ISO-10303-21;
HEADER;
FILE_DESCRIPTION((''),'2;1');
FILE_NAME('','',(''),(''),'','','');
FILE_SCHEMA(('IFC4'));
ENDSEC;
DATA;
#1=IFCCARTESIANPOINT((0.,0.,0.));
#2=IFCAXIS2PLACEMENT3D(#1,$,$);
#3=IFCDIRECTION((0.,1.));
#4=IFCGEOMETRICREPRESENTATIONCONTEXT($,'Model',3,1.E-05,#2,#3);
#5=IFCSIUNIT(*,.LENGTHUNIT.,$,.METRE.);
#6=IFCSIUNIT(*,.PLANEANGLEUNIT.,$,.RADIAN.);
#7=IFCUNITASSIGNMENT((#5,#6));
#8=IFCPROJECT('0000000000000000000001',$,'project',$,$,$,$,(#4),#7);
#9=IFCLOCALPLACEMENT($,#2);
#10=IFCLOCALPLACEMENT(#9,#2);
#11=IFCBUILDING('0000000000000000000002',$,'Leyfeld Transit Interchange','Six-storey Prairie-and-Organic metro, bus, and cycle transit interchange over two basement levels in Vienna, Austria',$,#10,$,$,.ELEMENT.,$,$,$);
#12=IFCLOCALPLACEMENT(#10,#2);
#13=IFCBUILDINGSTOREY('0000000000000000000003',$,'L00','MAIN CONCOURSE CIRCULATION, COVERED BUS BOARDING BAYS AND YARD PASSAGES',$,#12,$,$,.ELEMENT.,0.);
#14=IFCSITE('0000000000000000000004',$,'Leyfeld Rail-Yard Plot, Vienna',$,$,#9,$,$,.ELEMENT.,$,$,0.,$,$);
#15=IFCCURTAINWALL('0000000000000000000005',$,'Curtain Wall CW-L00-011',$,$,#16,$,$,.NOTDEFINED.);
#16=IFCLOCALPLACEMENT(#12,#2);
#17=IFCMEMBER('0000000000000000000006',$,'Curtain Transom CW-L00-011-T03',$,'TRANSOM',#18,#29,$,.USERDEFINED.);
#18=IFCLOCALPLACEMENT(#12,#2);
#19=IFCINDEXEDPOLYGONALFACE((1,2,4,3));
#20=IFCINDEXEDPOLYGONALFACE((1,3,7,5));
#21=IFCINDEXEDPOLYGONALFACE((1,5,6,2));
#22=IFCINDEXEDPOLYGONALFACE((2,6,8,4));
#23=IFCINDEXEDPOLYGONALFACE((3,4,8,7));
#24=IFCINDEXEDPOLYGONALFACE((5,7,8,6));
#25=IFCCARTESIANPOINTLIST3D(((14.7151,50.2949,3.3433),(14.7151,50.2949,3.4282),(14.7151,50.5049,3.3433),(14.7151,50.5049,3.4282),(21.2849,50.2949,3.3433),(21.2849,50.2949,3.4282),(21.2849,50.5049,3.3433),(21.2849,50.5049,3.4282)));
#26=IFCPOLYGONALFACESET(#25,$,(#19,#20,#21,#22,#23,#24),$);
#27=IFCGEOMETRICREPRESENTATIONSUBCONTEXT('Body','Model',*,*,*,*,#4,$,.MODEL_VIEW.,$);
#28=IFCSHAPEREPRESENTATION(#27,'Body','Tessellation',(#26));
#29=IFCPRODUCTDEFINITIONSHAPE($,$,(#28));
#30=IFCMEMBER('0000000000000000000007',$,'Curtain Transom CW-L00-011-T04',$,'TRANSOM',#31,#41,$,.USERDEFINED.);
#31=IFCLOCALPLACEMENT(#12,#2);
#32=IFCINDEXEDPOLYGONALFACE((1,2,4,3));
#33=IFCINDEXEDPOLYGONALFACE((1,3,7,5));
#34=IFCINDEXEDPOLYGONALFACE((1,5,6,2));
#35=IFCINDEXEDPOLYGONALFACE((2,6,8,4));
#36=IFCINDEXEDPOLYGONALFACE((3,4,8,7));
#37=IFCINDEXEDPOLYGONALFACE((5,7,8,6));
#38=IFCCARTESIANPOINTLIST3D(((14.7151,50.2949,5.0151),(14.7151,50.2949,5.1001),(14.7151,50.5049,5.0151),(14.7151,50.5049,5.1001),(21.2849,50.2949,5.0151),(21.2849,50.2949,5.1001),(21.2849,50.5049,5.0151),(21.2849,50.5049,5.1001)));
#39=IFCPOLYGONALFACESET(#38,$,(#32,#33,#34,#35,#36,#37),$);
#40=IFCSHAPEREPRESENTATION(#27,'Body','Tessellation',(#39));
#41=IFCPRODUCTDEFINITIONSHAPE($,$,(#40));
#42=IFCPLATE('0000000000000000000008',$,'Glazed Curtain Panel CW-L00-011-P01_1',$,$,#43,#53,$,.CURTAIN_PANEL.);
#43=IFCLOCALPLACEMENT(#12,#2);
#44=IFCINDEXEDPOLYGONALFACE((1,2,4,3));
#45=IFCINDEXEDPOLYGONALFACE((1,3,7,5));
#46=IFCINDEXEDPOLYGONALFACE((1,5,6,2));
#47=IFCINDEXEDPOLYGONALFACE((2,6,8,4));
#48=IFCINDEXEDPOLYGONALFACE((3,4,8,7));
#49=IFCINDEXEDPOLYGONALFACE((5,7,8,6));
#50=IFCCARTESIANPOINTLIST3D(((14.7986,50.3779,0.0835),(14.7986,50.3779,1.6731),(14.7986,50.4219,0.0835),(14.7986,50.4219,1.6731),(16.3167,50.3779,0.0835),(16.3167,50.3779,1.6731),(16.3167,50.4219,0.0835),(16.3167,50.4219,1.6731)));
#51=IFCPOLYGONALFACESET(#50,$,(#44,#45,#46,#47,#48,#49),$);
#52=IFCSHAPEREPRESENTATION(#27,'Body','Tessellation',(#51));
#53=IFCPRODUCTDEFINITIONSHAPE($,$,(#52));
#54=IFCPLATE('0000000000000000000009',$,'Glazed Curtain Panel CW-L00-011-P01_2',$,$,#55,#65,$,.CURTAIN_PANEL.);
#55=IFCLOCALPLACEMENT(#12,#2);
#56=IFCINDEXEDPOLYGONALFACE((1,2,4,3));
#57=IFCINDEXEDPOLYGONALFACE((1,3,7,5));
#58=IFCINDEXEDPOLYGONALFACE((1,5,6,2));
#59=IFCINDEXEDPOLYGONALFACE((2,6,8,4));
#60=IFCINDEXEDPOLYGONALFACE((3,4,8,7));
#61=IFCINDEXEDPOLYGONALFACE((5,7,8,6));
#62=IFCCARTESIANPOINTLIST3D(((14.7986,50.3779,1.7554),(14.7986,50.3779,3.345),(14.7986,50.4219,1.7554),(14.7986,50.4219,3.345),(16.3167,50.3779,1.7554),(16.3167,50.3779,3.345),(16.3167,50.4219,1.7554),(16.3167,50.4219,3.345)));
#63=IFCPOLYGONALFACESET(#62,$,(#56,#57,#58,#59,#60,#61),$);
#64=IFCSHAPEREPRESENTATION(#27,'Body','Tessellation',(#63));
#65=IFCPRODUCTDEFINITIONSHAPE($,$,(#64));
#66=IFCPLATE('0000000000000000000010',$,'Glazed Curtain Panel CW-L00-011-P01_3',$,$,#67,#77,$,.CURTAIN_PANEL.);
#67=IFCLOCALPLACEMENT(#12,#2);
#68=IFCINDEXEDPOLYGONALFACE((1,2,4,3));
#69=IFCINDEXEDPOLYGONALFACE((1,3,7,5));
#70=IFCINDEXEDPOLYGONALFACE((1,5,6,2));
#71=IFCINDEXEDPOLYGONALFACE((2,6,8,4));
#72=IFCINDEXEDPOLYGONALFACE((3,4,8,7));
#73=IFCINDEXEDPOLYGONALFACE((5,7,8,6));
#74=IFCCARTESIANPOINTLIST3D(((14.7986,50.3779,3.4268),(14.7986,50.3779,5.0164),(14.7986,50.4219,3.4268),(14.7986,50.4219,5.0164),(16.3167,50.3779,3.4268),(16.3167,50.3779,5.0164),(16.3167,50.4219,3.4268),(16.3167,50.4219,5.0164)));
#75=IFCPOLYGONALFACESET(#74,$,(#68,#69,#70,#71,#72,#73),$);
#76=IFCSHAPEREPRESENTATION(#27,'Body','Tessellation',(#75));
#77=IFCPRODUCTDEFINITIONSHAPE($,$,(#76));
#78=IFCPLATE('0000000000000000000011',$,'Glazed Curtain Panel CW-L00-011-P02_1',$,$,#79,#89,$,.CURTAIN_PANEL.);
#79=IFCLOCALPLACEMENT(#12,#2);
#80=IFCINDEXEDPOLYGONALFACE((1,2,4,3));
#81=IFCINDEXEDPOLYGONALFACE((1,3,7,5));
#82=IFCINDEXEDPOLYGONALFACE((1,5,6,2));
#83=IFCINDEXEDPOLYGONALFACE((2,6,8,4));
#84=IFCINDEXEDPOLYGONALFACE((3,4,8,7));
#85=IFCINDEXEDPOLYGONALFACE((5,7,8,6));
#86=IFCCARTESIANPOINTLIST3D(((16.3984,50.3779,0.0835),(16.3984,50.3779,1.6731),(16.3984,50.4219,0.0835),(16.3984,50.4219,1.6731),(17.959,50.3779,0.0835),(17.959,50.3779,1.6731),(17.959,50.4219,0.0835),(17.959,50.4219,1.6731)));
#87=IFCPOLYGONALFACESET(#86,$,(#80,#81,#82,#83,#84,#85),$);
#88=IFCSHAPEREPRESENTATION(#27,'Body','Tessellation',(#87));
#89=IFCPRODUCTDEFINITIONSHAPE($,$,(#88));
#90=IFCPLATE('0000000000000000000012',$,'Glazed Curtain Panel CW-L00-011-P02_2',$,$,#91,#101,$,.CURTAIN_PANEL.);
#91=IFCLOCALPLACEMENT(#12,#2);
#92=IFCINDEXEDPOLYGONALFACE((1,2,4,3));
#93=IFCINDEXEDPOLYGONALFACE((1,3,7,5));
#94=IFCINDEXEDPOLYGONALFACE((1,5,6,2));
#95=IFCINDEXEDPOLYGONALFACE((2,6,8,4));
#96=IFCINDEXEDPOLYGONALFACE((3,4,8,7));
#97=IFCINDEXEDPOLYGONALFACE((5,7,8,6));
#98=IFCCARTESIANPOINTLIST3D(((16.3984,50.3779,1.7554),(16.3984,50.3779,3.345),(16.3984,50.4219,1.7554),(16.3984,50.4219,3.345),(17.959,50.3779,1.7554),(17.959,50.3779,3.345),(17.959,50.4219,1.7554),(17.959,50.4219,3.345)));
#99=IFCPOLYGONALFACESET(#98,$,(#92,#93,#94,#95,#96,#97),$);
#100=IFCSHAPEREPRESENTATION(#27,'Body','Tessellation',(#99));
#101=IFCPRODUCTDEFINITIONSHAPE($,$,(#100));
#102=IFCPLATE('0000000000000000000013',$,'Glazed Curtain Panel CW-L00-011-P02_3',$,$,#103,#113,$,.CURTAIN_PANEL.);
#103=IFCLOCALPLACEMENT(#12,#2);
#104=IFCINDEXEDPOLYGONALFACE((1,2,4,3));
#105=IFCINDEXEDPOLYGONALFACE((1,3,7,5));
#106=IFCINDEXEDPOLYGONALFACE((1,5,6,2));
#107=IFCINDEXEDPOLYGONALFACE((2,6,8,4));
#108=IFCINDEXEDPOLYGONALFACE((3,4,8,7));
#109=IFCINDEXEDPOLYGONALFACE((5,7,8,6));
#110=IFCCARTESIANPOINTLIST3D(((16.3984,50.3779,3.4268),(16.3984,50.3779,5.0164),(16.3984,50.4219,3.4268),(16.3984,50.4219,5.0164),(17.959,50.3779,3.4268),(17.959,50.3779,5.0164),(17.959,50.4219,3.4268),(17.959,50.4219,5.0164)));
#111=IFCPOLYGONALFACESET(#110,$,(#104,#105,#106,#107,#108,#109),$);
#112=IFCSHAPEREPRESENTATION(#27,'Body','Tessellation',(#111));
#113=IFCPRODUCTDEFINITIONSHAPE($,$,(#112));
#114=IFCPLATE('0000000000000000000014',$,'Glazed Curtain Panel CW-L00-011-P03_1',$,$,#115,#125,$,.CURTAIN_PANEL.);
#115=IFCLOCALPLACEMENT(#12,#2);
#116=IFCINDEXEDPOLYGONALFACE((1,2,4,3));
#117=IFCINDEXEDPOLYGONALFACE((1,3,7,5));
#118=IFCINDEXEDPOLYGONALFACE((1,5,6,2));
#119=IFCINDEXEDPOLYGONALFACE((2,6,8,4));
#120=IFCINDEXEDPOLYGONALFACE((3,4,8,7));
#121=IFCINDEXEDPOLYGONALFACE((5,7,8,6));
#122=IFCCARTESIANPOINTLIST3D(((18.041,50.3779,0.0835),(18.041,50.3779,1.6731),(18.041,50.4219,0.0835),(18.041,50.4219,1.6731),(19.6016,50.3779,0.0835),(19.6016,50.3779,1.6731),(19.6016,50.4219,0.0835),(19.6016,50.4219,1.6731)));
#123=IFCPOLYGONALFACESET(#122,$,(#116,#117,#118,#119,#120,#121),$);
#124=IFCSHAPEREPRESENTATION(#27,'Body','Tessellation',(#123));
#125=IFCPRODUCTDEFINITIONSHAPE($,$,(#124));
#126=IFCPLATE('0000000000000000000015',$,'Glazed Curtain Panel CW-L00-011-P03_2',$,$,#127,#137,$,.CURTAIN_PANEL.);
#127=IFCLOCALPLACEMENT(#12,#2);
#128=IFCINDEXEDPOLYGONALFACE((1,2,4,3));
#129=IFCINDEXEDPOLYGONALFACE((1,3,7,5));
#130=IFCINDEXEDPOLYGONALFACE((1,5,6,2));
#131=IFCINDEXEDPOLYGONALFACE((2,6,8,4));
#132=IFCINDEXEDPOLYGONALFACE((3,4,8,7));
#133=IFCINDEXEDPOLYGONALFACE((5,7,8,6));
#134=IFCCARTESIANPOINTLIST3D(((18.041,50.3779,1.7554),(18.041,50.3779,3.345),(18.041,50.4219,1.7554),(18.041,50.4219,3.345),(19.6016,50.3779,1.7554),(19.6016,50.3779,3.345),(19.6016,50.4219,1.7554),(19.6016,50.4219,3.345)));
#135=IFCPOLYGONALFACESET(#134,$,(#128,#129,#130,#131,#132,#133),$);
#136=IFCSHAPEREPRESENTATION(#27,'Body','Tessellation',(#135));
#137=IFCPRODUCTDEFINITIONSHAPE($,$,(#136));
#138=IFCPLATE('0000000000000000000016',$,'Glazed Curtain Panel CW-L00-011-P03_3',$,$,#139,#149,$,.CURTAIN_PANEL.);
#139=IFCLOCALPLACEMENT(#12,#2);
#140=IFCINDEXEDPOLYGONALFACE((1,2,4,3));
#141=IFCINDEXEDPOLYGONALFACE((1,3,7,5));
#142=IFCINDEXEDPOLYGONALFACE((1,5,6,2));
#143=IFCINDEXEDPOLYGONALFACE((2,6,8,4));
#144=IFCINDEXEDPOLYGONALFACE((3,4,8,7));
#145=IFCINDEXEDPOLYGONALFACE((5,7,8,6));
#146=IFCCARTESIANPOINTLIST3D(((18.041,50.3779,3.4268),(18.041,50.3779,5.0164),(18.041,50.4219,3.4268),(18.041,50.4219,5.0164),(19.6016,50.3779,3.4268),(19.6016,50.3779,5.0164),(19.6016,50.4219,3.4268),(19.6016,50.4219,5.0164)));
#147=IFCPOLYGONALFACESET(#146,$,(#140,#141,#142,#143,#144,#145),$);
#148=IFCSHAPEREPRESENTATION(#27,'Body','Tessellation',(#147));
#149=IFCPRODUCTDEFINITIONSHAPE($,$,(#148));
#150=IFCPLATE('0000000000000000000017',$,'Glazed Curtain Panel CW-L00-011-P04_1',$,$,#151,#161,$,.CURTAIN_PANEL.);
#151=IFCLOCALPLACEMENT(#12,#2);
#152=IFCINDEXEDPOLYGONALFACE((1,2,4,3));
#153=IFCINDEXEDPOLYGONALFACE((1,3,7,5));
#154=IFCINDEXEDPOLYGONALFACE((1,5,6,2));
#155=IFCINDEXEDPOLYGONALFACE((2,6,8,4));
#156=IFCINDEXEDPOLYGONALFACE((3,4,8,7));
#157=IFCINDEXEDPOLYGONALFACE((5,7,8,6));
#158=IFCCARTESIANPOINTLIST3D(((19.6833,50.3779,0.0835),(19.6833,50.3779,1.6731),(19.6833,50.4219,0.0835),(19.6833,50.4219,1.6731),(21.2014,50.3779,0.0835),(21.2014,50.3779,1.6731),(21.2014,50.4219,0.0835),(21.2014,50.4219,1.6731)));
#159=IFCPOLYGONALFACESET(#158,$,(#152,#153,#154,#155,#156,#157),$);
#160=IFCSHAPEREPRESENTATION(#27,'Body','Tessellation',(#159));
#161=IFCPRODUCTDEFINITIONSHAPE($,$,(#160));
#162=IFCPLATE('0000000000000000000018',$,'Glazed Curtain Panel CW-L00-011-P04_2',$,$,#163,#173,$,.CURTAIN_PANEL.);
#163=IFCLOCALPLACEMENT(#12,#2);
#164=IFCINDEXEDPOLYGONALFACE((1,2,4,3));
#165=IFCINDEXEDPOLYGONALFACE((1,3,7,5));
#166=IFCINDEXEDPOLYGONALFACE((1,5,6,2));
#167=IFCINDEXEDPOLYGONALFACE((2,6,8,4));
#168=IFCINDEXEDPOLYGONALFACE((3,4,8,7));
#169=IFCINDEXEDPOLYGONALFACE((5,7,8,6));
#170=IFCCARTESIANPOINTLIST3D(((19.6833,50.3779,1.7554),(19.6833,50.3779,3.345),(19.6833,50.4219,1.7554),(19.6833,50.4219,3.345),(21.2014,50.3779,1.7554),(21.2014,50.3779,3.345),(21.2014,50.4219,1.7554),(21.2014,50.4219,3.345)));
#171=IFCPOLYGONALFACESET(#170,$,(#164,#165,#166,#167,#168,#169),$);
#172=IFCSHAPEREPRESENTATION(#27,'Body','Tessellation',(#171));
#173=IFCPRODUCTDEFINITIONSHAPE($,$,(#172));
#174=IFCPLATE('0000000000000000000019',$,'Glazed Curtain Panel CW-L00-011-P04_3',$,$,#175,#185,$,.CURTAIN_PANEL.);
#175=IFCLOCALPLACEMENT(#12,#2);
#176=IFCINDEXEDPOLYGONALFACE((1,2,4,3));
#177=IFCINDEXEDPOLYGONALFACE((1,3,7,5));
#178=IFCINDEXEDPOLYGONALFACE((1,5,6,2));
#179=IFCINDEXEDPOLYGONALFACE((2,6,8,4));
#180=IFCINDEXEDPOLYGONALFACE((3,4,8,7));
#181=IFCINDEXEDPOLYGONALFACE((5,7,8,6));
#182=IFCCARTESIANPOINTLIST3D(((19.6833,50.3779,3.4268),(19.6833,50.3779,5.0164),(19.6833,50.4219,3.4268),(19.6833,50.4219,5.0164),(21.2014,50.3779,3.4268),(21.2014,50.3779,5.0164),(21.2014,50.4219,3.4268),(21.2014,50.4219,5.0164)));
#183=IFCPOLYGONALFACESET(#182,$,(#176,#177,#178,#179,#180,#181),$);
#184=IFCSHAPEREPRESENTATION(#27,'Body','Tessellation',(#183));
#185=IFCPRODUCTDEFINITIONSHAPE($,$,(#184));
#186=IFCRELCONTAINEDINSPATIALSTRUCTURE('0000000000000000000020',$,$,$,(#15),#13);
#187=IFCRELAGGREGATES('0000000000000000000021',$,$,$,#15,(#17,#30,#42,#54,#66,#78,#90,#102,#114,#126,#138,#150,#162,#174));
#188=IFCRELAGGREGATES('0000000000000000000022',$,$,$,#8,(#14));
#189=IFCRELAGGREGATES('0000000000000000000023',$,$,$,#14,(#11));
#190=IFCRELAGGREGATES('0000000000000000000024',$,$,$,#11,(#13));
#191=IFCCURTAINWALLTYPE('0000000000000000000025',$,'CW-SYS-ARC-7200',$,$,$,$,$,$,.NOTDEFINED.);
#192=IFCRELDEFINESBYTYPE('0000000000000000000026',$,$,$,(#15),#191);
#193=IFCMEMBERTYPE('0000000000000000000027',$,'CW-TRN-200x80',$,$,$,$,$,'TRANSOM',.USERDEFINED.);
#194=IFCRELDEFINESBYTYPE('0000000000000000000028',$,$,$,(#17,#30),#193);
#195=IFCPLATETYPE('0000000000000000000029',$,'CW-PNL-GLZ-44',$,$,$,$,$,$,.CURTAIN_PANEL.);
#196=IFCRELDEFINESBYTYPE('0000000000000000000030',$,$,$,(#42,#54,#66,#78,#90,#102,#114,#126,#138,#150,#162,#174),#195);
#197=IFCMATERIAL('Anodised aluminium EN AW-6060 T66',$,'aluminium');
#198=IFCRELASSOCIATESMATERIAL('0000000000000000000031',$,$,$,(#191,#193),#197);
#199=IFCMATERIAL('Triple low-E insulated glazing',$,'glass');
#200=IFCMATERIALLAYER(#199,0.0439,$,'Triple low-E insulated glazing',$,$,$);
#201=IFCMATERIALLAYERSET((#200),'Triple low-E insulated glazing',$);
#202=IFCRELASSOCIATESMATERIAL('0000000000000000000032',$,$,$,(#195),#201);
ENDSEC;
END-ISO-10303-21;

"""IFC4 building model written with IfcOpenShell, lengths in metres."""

from ifc_helpers import new_model, si_unit, direction, frame, origin, origin_2d, place, context, subcontext, project, spatial, rectangle, extrude, material, layer, layer_set, material_profile, profile_set, type_object, element, aggregate, save


model = new_model("IFC4")

# Units and contexts
model_context = context("Model", 3, precision=1e-05, world=origin(), true_north=direction((0.0, 1.0)))
body_context = subcontext(model_context, "Body", "Model", "MODEL_VIEW")
ifc_project = project(units=[si_unit("LENGTHUNIT", "METRE"), si_unit("PLANEANGLEUNIT", "RADIAN")], contexts=[model_context])

# Site, building, storey
site_placement = place(None, origin())
site = spatial("IfcSite", under=ifc_project, at=site_placement, Name="Leyfeld Rail-Yard Plot, Vienna", CompositionType="ELEMENT", RefElevation=0.0)
building_placement = place(site_placement, origin())
building = spatial("IfcBuilding", under=site, at=building_placement, Name="Leyfeld Transit Interchange", Description="Six-storey Prairie-and-Organic metro, bus, and cycle transit interchange over two basement levels in Vienna, Austria", CompositionType="ELEMENT")
storey_placement = place(building_placement, origin())
storey = spatial("IfcBuildingStorey", under=building, at=storey_placement, Name="L00", Description="MAIN CONCOURSE CIRCULATION, COVERED BUS BOARDING BAYS AND YARD PASSAGES", CompositionType="ELEMENT", Elevation=0.0)

# Curtain wall, members, plates
ifc_material_1 = material(Name="Anodised aluminium EN AW-6060 T66", Category="aluminium")
curtain_wall_type = type_object("IfcCurtainWallType", Name="CW-SYS-ARC-7200", PredefinedType="NOTDEFINED", material=ifc_material_1)
curtain_wall_placement = place(storey_placement, origin())
curtain_wall = element("IfcCurtainWall", 1, at=curtain_wall_placement, inside=storey, type_object=curtain_wall_type, Name="Curtain Wall CW-L00-011", PredefinedType="NOTDEFINED")
ifc_material_profile_1 = material_profile(ifc_material_1, rectangle(XDim=0.21, YDim=0.085, at=origin_2d()), Name="CW-TRN-200x80")
ifc_profile_set_1 = profile_set([ifc_material_profile_1], Name="Anodised aluminium EN AW-6060 T66")
member_type_1 = type_object("IfcMemberType", Name="CW-TRN-200x80", ElementType="TRANSOM", PredefinedType="USERDEFINED", material=ifc_profile_set_1)
member_1_placement = place(storey_placement, frame((14.7151, 50.3999, 3.3857), z_axis=(1.0, 0.0, 0.0), x_axis=(0.0, 1.0, 0.0)))
member_1 = element("IfcMember", 2, at=member_1_placement, type_object=member_type_1, Name="Curtain Transom CW-L00-011-T03", ObjectType="TRANSOM", PredefinedType="USERDEFINED", context=body_context, shape_type="SweptSolid", body=[
    extrude(rectangle(XDim=0.21, YDim=0.085, at=origin_2d()), origin(), (0.0, 0.0, 1.0), 6.5698),
])
member_2_placement = place(storey_placement, frame((14.7151, 50.3999, 5.0576), z_axis=(1.0, 0.0, 0.0), x_axis=(0.0, 1.0, 0.0)))
member_2 = element("IfcMember", 3, at=member_2_placement, type_object=member_type_1, Name="Curtain Transom CW-L00-011-T04", ObjectType="TRANSOM", PredefinedType="USERDEFINED", context=body_context, shape_type="SweptSolid", body=[
    extrude(rectangle(XDim=0.21, YDim=0.085, at=origin_2d()), origin(), (0.0, 0.0, 1.0), 6.5698),
])
ifc_material_2 = material(Name="Triple low-E insulated glazing", Category="glass")
ifc_layer = layer(ifc_material_2, 0.0439, Name="Triple low-E insulated glazing")
ifc_layer_set = layer_set([ifc_layer], Name="Triple low-E insulated glazing")
plate_type = type_object("IfcPlateType", Name="CW-PNL-GLZ-44", PredefinedType="CURTAIN_PANEL", material=ifc_layer_set)
plate_1_placement = place(storey_placement, frame((15.5576, 50.3999, 0.0835), z_axis=(0.0, 0.0, 1.0), x_axis=(1.0, 0.0, 0.0)))
plate_1 = element("IfcPlate", 4, at=plate_1_placement, type_object=plate_type, Name="Glazed Curtain Panel CW-L00-011-P01_1", PredefinedType="CURTAIN_PANEL", context=body_context, shape_type="SweptSolid", body=[
    extrude(rectangle(XDim=1.5181, YDim=0.0439, at=origin_2d()), origin(), (0.0, 0.0, 1.0), 1.5896),
])
plate_2_placement = place(storey_placement, frame((15.5576, 50.3999, 1.7554), z_axis=(0.0, 0.0, 1.0), x_axis=(1.0, 0.0, 0.0)))
plate_2 = element("IfcPlate", 5, at=plate_2_placement, type_object=plate_type, Name="Glazed Curtain Panel CW-L00-011-P01_2", PredefinedType="CURTAIN_PANEL", context=body_context, shape_type="SweptSolid", body=[
    extrude(rectangle(XDim=1.5181, YDim=0.0439, at=origin_2d()), origin(), (0.0, 0.0, 1.0), 1.5896),
])
plate_3_placement = place(storey_placement, frame((15.5576, 50.3999, 3.4268), z_axis=(0.0, 0.0, 1.0), x_axis=(1.0, 0.0, 0.0)))
plate_3 = element("IfcPlate", 6, at=plate_3_placement, type_object=plate_type, Name="Glazed Curtain Panel CW-L00-011-P01_3", PredefinedType="CURTAIN_PANEL", context=body_context, shape_type="SweptSolid", body=[
    extrude(rectangle(XDim=1.5181, YDim=0.0439, at=origin_2d()), origin(), (0.0, 0.0, 1.0), 1.5896),
])
plate_4_placement = place(storey_placement, frame((17.1787, 50.3999, 0.0835), z_axis=(0.0, 0.0, 1.0), x_axis=(1.0, 0.0, 0.0)))
plate_4 = element("IfcPlate", 7, at=plate_4_placement, type_object=plate_type, Name="Glazed Curtain Panel CW-L00-011-P02_1", PredefinedType="CURTAIN_PANEL", context=body_context, shape_type="SweptSolid", body=[
    extrude(rectangle(XDim=1.5605, YDim=0.0439, at=origin_2d()), origin(), (0.0, 0.0, 1.0), 1.5896),
])
plate_5_placement = place(storey_placement, frame((17.1787, 50.3999, 1.7554), z_axis=(0.0, 0.0, 1.0), x_axis=(1.0, 0.0, 0.0)))
plate_5 = element("IfcPlate", 8, at=plate_5_placement, type_object=plate_type, Name="Glazed Curtain Panel CW-L00-011-P02_2", PredefinedType="CURTAIN_PANEL", context=body_context, shape_type="SweptSolid", body=[
    extrude(rectangle(XDim=1.5605, YDim=0.0439, at=origin_2d()), origin(), (0.0, 0.0, 1.0), 1.5896),
])
plate_6_placement = place(storey_placement, frame((17.1787, 50.3999, 3.4268), z_axis=(0.0, 0.0, 1.0), x_axis=(1.0, 0.0, 0.0)))
plate_6 = element("IfcPlate", 9, at=plate_6_placement, type_object=plate_type, Name="Glazed Curtain Panel CW-L00-011-P02_3", PredefinedType="CURTAIN_PANEL", context=body_context, shape_type="SweptSolid", body=[
    extrude(rectangle(XDim=1.5605, YDim=0.0439, at=origin_2d()), origin(), (0.0, 0.0, 1.0), 1.5896),
])
plate_7_placement = place(storey_placement, frame((18.8213, 50.3999, 0.0835), z_axis=(0.0, 0.0, 1.0), x_axis=(1.0, 0.0, 0.0)))
plate_7 = element("IfcPlate", 10, at=plate_7_placement, type_object=plate_type, Name="Glazed Curtain Panel CW-L00-011-P03_1", PredefinedType="CURTAIN_PANEL", context=body_context, shape_type="SweptSolid", body=[
    extrude(rectangle(XDim=1.5605, YDim=0.0439, at=origin_2d()), origin(), (0.0, 0.0, 1.0), 1.5896),
])
plate_8_placement = place(storey_placement, frame((18.8213, 50.3999, 1.7554), z_axis=(0.0, 0.0, 1.0), x_axis=(1.0, 0.0, 0.0)))
plate_8 = element("IfcPlate", 11, at=plate_8_placement, type_object=plate_type, Name="Glazed Curtain Panel CW-L00-011-P03_2", PredefinedType="CURTAIN_PANEL", context=body_context, shape_type="SweptSolid", body=[
    extrude(rectangle(XDim=1.5605, YDim=0.0439, at=origin_2d()), origin(), (0.0, 0.0, 1.0), 1.5896),
])
plate_9_placement = place(storey_placement, frame((18.8213, 50.3999, 3.4268), z_axis=(0.0, 0.0, 1.0), x_axis=(1.0, 0.0, 0.0)))
plate_9 = element("IfcPlate", 12, at=plate_9_placement, type_object=plate_type, Name="Glazed Curtain Panel CW-L00-011-P03_3", PredefinedType="CURTAIN_PANEL", context=body_context, shape_type="SweptSolid", body=[
    extrude(rectangle(XDim=1.5605, YDim=0.0439, at=origin_2d()), origin(), (0.0, 0.0, 1.0), 1.5896),
])
plate_10_placement = place(storey_placement, frame((20.4424, 50.3999, 0.0835), z_axis=(0.0, 0.0, 1.0), x_axis=(1.0, 0.0, 0.0)))
plate_10 = element("IfcPlate", 13, at=plate_10_placement, type_object=plate_type, Name="Glazed Curtain Panel CW-L00-011-P04_1", PredefinedType="CURTAIN_PANEL", context=body_context, shape_type="SweptSolid", body=[
    extrude(rectangle(XDim=1.5181, YDim=0.0439, at=origin_2d()), origin(), (0.0, 0.0, 1.0), 1.5896),
])
plate_11_placement = place(storey_placement, frame((20.4424, 50.3999, 1.7554), z_axis=(0.0, 0.0, 1.0), x_axis=(1.0, 0.0, 0.0)))
plate_11 = element("IfcPlate", 14, at=plate_11_placement, type_object=plate_type, Name="Glazed Curtain Panel CW-L00-011-P04_2", PredefinedType="CURTAIN_PANEL", context=body_context, shape_type="SweptSolid", body=[
    extrude(rectangle(XDim=1.5181, YDim=0.0439, at=origin_2d()), origin(), (0.0, 0.0, 1.0), 1.5896),
])
plate_12_placement = place(storey_placement, frame((20.4424, 50.3999, 3.4268), z_axis=(0.0, 0.0, 1.0), x_axis=(1.0, 0.0, 0.0)))
plate_12 = element("IfcPlate", 15, at=plate_12_placement, type_object=plate_type, Name="Glazed Curtain Panel CW-L00-011-P04_3", PredefinedType="CURTAIN_PANEL", context=body_context, shape_type="SweptSolid", body=[
    extrude(rectangle(XDim=1.5181, YDim=0.0439, at=origin_2d()), origin(), (0.0, 0.0, 1.0), 1.5896),
])
aggregate(curtain_wall, [member_1, member_2, plate_1, plate_2, plate_3, plate_4, plate_5, plate_6, plate_7, plate_8, plate_9, plate_10, plate_11, plate_12])

save(model, "model.ifc")
